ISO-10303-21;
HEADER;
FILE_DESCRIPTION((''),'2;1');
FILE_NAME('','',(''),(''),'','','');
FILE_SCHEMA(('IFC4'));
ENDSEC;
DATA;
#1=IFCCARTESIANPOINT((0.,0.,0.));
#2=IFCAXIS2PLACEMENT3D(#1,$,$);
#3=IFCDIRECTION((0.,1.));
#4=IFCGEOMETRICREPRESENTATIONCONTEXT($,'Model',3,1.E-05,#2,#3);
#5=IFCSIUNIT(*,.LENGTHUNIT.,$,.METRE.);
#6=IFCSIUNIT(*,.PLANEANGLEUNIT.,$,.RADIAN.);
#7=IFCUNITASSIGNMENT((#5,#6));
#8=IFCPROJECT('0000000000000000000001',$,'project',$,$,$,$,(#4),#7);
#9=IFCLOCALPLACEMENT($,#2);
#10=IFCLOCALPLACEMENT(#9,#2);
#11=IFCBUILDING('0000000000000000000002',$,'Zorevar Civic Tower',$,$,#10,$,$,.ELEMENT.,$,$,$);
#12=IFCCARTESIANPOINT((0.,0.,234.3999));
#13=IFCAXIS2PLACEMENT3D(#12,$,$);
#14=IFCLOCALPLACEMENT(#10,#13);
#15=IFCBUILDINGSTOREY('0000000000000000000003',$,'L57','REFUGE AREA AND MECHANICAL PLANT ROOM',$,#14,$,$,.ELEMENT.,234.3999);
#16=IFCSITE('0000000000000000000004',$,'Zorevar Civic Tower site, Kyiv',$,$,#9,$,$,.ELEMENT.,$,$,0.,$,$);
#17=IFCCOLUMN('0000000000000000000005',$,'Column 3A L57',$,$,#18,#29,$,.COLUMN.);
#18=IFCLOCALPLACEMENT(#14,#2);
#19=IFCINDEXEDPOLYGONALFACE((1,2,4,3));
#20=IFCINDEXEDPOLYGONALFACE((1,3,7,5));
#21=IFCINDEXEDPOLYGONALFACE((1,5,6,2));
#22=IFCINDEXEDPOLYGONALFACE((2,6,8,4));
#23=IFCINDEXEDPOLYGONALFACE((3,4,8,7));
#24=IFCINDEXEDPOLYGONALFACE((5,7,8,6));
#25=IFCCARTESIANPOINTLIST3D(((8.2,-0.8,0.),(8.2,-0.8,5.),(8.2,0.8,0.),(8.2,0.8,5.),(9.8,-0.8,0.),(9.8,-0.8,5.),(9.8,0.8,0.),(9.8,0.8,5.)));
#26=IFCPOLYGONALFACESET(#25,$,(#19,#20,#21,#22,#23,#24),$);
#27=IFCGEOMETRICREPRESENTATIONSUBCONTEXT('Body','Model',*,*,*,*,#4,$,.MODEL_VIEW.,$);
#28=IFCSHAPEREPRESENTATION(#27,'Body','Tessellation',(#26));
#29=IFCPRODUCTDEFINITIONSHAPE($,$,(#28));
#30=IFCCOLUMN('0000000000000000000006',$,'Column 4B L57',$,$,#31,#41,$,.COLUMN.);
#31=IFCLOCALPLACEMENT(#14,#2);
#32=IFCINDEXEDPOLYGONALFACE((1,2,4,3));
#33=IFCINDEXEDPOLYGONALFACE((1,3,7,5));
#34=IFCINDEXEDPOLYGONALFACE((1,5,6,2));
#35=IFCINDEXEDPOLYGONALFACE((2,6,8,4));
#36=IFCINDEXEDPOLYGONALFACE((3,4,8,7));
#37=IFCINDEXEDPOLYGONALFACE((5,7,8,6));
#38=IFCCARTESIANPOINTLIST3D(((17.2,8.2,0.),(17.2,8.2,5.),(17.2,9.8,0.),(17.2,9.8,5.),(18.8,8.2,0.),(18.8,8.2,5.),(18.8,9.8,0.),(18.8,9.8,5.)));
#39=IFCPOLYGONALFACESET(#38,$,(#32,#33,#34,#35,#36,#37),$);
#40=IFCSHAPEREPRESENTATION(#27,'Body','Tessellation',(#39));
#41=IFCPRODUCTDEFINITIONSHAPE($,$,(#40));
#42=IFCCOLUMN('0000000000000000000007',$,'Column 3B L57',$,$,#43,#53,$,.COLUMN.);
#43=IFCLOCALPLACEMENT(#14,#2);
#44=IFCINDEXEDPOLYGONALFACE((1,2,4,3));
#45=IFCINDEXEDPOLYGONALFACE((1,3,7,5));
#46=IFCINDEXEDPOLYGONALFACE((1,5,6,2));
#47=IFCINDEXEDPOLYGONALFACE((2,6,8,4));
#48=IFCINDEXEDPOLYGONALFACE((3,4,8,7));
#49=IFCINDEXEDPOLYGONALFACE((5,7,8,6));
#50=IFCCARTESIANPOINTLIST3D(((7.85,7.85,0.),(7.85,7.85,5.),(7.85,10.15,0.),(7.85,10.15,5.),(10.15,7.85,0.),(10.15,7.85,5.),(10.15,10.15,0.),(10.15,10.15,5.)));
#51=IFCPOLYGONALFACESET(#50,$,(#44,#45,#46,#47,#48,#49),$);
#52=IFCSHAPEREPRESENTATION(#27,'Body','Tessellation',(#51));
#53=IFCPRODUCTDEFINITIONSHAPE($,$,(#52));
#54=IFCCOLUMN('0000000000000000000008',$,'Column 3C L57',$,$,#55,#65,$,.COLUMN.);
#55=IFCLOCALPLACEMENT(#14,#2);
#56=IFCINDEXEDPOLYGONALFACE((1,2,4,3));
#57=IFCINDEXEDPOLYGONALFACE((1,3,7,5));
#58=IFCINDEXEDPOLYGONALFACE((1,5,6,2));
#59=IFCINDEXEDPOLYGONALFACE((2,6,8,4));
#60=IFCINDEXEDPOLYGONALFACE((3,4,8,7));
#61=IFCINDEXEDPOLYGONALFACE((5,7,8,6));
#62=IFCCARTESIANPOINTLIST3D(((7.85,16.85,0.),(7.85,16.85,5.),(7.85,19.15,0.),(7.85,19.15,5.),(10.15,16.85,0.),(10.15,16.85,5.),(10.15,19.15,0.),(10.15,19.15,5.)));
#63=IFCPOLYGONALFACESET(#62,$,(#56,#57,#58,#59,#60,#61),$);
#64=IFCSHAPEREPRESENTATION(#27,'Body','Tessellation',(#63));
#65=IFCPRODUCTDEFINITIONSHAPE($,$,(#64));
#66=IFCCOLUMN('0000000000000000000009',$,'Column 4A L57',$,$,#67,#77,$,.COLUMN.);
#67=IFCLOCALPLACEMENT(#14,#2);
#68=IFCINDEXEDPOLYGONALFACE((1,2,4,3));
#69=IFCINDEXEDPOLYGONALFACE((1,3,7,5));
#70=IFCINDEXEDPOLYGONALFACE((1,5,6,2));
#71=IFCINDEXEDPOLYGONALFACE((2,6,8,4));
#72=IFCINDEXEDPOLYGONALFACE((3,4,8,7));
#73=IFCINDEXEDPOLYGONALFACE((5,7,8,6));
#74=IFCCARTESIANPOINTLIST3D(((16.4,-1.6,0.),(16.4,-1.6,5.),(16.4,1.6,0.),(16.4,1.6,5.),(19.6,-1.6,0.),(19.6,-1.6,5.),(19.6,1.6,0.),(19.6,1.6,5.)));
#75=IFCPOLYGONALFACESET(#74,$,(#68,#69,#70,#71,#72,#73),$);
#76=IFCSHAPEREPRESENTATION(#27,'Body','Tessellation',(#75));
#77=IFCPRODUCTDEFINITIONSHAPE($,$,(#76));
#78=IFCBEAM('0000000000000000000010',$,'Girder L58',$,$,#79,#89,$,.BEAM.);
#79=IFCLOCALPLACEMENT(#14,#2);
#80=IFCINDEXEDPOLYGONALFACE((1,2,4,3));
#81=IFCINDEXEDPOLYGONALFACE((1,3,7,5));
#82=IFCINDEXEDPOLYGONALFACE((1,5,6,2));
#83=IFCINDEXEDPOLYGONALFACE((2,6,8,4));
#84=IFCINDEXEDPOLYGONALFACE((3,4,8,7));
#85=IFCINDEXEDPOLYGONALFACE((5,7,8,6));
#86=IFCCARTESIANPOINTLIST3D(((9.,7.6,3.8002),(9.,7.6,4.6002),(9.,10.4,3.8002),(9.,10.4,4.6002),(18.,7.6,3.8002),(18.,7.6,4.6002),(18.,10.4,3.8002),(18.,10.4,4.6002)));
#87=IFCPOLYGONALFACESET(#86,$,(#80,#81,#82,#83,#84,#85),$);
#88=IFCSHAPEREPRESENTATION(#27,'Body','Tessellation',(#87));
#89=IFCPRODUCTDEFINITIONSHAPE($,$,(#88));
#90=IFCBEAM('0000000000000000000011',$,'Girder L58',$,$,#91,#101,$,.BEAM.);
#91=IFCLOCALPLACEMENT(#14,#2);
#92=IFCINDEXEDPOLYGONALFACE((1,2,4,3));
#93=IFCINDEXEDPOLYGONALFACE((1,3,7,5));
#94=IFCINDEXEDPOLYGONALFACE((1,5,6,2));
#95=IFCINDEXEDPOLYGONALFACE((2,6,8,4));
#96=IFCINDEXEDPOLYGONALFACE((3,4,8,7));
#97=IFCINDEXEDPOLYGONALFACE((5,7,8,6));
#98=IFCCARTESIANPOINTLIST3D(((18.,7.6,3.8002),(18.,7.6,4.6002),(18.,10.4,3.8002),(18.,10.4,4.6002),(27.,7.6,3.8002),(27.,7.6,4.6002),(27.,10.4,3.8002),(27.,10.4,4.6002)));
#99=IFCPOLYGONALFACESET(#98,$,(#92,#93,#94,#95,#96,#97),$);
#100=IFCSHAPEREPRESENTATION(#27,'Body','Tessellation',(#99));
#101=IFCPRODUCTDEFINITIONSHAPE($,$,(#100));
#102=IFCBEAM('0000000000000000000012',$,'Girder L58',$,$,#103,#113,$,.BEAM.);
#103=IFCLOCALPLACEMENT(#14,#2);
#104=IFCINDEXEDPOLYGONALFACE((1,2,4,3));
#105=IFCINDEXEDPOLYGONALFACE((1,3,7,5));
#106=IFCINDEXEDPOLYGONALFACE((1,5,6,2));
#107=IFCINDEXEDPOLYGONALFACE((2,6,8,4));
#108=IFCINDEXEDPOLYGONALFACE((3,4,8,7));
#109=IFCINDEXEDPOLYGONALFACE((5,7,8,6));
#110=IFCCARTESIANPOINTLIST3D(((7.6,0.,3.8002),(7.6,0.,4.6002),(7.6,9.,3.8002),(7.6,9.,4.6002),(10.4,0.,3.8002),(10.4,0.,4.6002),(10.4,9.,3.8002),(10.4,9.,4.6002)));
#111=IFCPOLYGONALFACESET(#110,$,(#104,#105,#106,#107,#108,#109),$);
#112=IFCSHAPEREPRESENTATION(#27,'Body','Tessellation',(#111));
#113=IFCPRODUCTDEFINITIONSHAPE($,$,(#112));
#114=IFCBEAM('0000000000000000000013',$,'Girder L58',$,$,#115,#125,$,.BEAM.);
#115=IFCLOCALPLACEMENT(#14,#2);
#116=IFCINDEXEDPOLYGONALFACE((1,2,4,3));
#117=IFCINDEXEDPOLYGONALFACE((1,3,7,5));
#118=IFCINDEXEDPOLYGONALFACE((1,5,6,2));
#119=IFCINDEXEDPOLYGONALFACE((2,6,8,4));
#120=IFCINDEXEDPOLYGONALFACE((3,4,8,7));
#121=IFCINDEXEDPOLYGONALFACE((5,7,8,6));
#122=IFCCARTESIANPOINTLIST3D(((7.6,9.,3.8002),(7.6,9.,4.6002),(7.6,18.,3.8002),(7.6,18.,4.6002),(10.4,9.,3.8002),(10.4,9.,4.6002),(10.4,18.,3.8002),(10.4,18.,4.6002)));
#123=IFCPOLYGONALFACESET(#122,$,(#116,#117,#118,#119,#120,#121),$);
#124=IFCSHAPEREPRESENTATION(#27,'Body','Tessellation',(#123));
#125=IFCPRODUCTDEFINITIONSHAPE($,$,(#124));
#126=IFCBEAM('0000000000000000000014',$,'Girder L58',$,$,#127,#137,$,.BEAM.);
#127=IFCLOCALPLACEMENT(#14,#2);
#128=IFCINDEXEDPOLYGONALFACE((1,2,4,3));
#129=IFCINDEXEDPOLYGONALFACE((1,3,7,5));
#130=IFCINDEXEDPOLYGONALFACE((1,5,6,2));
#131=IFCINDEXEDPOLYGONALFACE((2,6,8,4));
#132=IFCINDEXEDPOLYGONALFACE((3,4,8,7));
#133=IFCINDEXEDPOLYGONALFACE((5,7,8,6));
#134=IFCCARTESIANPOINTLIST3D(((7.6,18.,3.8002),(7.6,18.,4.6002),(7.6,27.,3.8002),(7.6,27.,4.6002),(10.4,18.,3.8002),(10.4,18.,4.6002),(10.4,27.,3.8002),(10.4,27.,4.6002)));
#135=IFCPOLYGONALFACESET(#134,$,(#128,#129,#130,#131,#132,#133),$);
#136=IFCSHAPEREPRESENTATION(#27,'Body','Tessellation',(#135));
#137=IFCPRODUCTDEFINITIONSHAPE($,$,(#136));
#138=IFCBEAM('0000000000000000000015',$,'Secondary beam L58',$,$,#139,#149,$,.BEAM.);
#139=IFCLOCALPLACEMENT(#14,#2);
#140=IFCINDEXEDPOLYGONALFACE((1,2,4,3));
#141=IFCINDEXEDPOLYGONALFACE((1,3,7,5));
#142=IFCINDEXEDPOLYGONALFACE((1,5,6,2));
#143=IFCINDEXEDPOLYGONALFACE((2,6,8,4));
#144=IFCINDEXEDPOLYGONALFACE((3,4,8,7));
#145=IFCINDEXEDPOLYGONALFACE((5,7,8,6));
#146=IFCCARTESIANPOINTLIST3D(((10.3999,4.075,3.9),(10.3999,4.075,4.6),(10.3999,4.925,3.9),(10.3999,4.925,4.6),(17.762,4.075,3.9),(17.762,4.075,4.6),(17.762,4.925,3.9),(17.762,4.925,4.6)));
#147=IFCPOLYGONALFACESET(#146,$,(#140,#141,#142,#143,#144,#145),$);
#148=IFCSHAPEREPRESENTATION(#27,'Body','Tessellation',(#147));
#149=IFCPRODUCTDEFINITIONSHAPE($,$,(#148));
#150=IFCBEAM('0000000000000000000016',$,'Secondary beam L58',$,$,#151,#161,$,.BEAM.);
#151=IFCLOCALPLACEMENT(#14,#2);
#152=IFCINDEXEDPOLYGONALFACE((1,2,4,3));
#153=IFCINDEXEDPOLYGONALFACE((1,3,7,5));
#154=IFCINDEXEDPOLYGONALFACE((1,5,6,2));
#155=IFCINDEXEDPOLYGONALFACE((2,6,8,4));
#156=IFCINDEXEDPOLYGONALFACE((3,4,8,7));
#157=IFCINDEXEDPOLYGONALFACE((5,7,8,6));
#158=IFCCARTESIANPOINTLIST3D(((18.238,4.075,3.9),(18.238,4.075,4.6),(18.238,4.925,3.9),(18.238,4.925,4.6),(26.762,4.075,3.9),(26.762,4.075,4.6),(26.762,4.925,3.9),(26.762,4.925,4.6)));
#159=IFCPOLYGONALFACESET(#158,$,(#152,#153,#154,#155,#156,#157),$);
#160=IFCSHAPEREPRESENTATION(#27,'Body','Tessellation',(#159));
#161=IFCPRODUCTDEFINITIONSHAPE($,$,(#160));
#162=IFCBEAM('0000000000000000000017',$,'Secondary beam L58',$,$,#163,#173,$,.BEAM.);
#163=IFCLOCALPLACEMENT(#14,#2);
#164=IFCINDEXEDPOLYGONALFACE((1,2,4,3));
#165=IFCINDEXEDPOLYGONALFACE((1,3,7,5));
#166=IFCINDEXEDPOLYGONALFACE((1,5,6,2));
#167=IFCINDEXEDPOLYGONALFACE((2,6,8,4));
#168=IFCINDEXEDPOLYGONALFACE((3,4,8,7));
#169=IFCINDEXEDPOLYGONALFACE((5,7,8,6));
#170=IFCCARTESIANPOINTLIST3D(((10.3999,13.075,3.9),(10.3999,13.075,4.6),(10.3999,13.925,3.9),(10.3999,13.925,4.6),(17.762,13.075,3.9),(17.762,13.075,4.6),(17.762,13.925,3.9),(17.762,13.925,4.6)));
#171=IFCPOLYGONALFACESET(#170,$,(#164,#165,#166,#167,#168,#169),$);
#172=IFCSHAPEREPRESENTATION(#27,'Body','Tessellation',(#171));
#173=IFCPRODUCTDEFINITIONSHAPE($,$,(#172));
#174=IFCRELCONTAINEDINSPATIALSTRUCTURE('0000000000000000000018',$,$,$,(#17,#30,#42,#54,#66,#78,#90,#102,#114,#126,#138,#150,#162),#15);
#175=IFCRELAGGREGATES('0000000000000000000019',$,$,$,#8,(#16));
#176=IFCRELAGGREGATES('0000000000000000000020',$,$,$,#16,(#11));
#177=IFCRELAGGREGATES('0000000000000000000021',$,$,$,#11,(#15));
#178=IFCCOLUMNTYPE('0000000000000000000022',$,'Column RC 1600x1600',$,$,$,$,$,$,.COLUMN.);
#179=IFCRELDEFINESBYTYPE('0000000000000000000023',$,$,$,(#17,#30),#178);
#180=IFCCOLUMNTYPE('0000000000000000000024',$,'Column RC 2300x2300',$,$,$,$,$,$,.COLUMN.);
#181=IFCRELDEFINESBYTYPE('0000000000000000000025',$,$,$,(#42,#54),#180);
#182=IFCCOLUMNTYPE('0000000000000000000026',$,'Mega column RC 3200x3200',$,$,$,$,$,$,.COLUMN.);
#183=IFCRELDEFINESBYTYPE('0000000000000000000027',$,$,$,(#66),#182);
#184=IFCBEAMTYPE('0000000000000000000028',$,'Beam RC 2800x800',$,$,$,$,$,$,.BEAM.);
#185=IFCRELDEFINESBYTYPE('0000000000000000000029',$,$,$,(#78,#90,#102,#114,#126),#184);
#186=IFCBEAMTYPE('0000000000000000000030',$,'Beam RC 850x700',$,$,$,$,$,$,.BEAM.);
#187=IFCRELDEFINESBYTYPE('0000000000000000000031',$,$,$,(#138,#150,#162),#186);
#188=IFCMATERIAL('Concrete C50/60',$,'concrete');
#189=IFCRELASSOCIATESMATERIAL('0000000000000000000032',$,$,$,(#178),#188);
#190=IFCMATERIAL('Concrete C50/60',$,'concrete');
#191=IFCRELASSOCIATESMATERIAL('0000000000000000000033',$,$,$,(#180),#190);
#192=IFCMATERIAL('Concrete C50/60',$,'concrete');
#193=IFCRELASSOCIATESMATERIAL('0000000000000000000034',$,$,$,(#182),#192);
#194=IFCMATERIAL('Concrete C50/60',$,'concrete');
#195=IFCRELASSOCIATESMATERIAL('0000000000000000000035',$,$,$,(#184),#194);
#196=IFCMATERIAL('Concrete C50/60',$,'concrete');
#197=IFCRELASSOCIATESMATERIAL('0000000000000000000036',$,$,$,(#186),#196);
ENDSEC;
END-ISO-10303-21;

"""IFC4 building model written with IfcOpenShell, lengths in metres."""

from ifc_helpers import new_model, si_unit, direction, frame, origin, origin_2d, place, context, subcontext, project, spatial, rectangle, extrude, material, material_profile, profile_set, type_object, element, save


model = new_model("IFC4")

# Units and contexts
model_context = context("Model", 3, precision=1e-05, world=origin(), true_north=direction((0.0, 1.0)))
body_context = subcontext(model_context, "Body", "Model", "MODEL_VIEW")
ifc_project = project(units=[si_unit("LENGTHUNIT", "METRE"), si_unit("PLANEANGLEUNIT", "RADIAN")], contexts=[model_context])

# Site, building, storey
site_placement = place(None, origin())
site = spatial("IfcSite", under=ifc_project, at=site_placement, Name="Zorevar Civic Tower site, Kyiv", CompositionType="ELEMENT", RefElevation=0.0)
building_placement = place(site_placement, origin())
building = spatial("IfcBuilding", under=site, at=building_placement, Name="Zorevar Civic Tower", CompositionType="ELEMENT")
storey_placement = place(building_placement, frame((0.0, 0.0, 234.3999)))
storey = spatial("IfcBuildingStorey", under=building, at=storey_placement, Name="L57", Description="REFUGE AREA AND MECHANICAL PLANT ROOM", CompositionType="ELEMENT", Elevation=234.3999)

# Columns
ifc_material_1 = material(Name="Concrete C50/60", Category="concrete")
ifc_material_profile_1 = material_profile(ifc_material_1, rectangle(XDim=1.6001, YDim=1.6001, at=origin_2d()), Name="RC 1600x1600")
ifc_profile_set_1 = profile_set([ifc_material_profile_1], Name="Concrete C50/60")
column_type_1 = type_object("IfcColumnType", Name="Column RC 1600x1600", PredefinedType="COLUMN", material=ifc_profile_set_1)
for number, where, z_axis, x_axis, name in (
    (1, (9.0, 0.0, 0.0), (0.0, 0.0, 1.0), (1.0, 0.0, 0.0), "Column 3A L57"),
    (2, (18.0, 9.0, 0.0), (0.0, 0.0, 1.0), (1.0, 0.0, 0.0), "Column 4B L57"),
):
    element("IfcColumn", number, at=place(storey_placement, frame(where, z_axis=z_axis, x_axis=x_axis)), inside=storey, type_object=column_type_1, Name=name, PredefinedType="COLUMN", context=body_context, shape_type="SweptSolid", body=[
        extrude(rectangle(XDim=1.6001, YDim=1.6001, at=origin_2d()), origin(), (0.0, 0.0, 1.0), 5.0),
    ])
ifc_material_2 = material(Name="Concrete C50/60", Category="concrete")
ifc_material_profile_2 = material_profile(ifc_material_2, rectangle(XDim=2.3, YDim=2.3, at=origin_2d()), Name="RC 2300x2300")
ifc_profile_set_2 = profile_set([ifc_material_profile_2], Name="Concrete C50/60")
column_type_2 = type_object("IfcColumnType", Name="Column RC 2300x2300", PredefinedType="COLUMN", material=ifc_profile_set_2)
for number, where, z_axis, x_axis, name in (
    (3, (9.0, 9.0, 0.0), (0.0, 0.0, 1.0), (1.0, 0.0, 0.0), "Column 3B L57"),
    (4, (9.0, 18.0, 0.0), (0.0, 0.0, 1.0), (1.0, 0.0, 0.0), "Column 3C L57"),
):
    element("IfcColumn", number, at=place(storey_placement, frame(where, z_axis=z_axis, x_axis=x_axis)), inside=storey, type_object=column_type_2, Name=name, PredefinedType="COLUMN", context=body_context, shape_type="SweptSolid", body=[
        extrude(rectangle(XDim=2.3, YDim=2.3, at=origin_2d()), origin(), (0.0, 0.0, 1.0), 5.0),
    ])
ifc_material_3 = material(Name="Concrete C50/60", Category="concrete")
ifc_material_profile_3 = material_profile(ifc_material_3, rectangle(XDim=3.2, YDim=3.2, at=origin_2d()), Name="RC 3200x3200")
ifc_profile_set_3 = profile_set([ifc_material_profile_3], Name="Concrete C50/60")
column_type_3 = type_object("IfcColumnType", Name="Mega column RC 3200x3200", PredefinedType="COLUMN", material=ifc_profile_set_3)
column_placement = place(storey_placement, frame((18.0, 0.0, 0.0), z_axis=(0.0, 0.0, 1.0), x_axis=(1.0, 0.0, 0.0)))
element("IfcColumn", 5, at=column_placement, inside=storey, type_object=column_type_3, Name="Column 4A L57", PredefinedType="COLUMN", context=body_context, shape_type="SweptSolid", body=[
    extrude(rectangle(XDim=3.2, YDim=3.2, at=origin_2d()), origin(), (0.0, 0.0, 1.0), 5.0),
])

# Beams
ifc_material_4 = material(Name="Concrete C50/60", Category="concrete")
ifc_material_profile_4 = material_profile(ifc_material_4, rectangle(XDim=2.8, YDim=0.8, at=origin_2d()), Name="RC 2800x800")
ifc_profile_set_4 = profile_set([ifc_material_profile_4], Name="Concrete C50/60")
beam_type_1 = type_object("IfcBeamType", Name="Beam RC 2800x800", PredefinedType="BEAM", material=ifc_profile_set_4)
for number, where, z_axis, x_axis, name in (
    (6, (9.0, 9.0, 4.2002), (1.0, 0.0, 0.0), (0.0, 1.0, 0.0), "Girder L58"),
    (7, (18.0, 9.0, 4.2002), (1.0, 0.0, 0.0), (0.0, 1.0, 0.0), "Girder L58"),
    (8, (9.0, 0.0, 4.2002), (0.0, 1.0, 0.0), (-1.0, 0.0, 0.0), "Girder L58"),
    (9, (9.0, 9.0, 4.2002), (0.0, 1.0, 0.0), (-1.0, 0.0, 0.0), "Girder L58"),
    (10, (9.0, 18.0, 4.2002), (0.0, 1.0, 0.0), (-1.0, 0.0, 0.0), "Girder L58"),
):
    element("IfcBeam", number, at=place(storey_placement, frame(where, z_axis=z_axis, x_axis=x_axis)), inside=storey, type_object=beam_type_1, Name=name, PredefinedType="BEAM", context=body_context, shape_type="SweptSolid", body=[
        extrude(rectangle(XDim=2.8, YDim=0.8, at=origin_2d()), origin(), (0.0, 0.0, 1.0), 9.0),
    ])
ifc_material_5 = material(Name="Concrete C50/60", Category="concrete")
ifc_material_profile_5 = material_profile(ifc_material_5, rectangle(XDim=0.8501, YDim=0.7, at=origin_2d()), Name="RC 850x700")
ifc_profile_set_5 = profile_set([ifc_material_profile_5], Name="Concrete C50/60")
beam_type_2 = type_object("IfcBeamType", Name="Beam RC 850x700", PredefinedType="BEAM", material=ifc_profile_set_5)
beam_1_placement = place(storey_placement, frame((10.3999, 4.5, 4.25), z_axis=(1.0, 0.0, 0.0), x_axis=(0.0, 1.0, 0.0)))
element("IfcBeam", 11, at=beam_1_placement, inside=storey, type_object=beam_type_2, Name="Secondary beam L58", PredefinedType="BEAM", context=body_context, shape_type="SweptSolid", body=[
    extrude(rectangle(XDim=0.8501, YDim=0.7, at=origin_2d()), origin(), (0.0, 0.0, 1.0), 7.3621),
])
beam_2_placement = place(storey_placement, frame((18.238, 4.5, 4.25), z_axis=(1.0, 0.0, 0.0), x_axis=(0.0, 1.0, 0.0)))
element("IfcBeam", 12, at=beam_2_placement, inside=storey, type_object=beam_type_2, Name="Secondary beam L58", PredefinedType="BEAM", context=body_context, shape_type="SweptSolid", body=[
    extrude(rectangle(XDim=0.8501, YDim=0.7, at=origin_2d()), origin(), (0.0, 0.0, 1.0), 8.5239),
])
beam_3_placement = place(storey_placement, frame((10.3999, 13.5, 4.25), z_axis=(1.0, 0.0, 0.0), x_axis=(0.0, 1.0, 0.0)))
element("IfcBeam", 13, at=beam_3_placement, inside=storey, type_object=beam_type_2, Name="Secondary beam L58", PredefinedType="BEAM", context=body_context, shape_type="SweptSolid", body=[
    extrude(rectangle(XDim=0.8501, YDim=0.7, at=origin_2d()), origin(), (0.0, 0.0, 1.0), 7.3621),
])

save(model, "model.ifc")
